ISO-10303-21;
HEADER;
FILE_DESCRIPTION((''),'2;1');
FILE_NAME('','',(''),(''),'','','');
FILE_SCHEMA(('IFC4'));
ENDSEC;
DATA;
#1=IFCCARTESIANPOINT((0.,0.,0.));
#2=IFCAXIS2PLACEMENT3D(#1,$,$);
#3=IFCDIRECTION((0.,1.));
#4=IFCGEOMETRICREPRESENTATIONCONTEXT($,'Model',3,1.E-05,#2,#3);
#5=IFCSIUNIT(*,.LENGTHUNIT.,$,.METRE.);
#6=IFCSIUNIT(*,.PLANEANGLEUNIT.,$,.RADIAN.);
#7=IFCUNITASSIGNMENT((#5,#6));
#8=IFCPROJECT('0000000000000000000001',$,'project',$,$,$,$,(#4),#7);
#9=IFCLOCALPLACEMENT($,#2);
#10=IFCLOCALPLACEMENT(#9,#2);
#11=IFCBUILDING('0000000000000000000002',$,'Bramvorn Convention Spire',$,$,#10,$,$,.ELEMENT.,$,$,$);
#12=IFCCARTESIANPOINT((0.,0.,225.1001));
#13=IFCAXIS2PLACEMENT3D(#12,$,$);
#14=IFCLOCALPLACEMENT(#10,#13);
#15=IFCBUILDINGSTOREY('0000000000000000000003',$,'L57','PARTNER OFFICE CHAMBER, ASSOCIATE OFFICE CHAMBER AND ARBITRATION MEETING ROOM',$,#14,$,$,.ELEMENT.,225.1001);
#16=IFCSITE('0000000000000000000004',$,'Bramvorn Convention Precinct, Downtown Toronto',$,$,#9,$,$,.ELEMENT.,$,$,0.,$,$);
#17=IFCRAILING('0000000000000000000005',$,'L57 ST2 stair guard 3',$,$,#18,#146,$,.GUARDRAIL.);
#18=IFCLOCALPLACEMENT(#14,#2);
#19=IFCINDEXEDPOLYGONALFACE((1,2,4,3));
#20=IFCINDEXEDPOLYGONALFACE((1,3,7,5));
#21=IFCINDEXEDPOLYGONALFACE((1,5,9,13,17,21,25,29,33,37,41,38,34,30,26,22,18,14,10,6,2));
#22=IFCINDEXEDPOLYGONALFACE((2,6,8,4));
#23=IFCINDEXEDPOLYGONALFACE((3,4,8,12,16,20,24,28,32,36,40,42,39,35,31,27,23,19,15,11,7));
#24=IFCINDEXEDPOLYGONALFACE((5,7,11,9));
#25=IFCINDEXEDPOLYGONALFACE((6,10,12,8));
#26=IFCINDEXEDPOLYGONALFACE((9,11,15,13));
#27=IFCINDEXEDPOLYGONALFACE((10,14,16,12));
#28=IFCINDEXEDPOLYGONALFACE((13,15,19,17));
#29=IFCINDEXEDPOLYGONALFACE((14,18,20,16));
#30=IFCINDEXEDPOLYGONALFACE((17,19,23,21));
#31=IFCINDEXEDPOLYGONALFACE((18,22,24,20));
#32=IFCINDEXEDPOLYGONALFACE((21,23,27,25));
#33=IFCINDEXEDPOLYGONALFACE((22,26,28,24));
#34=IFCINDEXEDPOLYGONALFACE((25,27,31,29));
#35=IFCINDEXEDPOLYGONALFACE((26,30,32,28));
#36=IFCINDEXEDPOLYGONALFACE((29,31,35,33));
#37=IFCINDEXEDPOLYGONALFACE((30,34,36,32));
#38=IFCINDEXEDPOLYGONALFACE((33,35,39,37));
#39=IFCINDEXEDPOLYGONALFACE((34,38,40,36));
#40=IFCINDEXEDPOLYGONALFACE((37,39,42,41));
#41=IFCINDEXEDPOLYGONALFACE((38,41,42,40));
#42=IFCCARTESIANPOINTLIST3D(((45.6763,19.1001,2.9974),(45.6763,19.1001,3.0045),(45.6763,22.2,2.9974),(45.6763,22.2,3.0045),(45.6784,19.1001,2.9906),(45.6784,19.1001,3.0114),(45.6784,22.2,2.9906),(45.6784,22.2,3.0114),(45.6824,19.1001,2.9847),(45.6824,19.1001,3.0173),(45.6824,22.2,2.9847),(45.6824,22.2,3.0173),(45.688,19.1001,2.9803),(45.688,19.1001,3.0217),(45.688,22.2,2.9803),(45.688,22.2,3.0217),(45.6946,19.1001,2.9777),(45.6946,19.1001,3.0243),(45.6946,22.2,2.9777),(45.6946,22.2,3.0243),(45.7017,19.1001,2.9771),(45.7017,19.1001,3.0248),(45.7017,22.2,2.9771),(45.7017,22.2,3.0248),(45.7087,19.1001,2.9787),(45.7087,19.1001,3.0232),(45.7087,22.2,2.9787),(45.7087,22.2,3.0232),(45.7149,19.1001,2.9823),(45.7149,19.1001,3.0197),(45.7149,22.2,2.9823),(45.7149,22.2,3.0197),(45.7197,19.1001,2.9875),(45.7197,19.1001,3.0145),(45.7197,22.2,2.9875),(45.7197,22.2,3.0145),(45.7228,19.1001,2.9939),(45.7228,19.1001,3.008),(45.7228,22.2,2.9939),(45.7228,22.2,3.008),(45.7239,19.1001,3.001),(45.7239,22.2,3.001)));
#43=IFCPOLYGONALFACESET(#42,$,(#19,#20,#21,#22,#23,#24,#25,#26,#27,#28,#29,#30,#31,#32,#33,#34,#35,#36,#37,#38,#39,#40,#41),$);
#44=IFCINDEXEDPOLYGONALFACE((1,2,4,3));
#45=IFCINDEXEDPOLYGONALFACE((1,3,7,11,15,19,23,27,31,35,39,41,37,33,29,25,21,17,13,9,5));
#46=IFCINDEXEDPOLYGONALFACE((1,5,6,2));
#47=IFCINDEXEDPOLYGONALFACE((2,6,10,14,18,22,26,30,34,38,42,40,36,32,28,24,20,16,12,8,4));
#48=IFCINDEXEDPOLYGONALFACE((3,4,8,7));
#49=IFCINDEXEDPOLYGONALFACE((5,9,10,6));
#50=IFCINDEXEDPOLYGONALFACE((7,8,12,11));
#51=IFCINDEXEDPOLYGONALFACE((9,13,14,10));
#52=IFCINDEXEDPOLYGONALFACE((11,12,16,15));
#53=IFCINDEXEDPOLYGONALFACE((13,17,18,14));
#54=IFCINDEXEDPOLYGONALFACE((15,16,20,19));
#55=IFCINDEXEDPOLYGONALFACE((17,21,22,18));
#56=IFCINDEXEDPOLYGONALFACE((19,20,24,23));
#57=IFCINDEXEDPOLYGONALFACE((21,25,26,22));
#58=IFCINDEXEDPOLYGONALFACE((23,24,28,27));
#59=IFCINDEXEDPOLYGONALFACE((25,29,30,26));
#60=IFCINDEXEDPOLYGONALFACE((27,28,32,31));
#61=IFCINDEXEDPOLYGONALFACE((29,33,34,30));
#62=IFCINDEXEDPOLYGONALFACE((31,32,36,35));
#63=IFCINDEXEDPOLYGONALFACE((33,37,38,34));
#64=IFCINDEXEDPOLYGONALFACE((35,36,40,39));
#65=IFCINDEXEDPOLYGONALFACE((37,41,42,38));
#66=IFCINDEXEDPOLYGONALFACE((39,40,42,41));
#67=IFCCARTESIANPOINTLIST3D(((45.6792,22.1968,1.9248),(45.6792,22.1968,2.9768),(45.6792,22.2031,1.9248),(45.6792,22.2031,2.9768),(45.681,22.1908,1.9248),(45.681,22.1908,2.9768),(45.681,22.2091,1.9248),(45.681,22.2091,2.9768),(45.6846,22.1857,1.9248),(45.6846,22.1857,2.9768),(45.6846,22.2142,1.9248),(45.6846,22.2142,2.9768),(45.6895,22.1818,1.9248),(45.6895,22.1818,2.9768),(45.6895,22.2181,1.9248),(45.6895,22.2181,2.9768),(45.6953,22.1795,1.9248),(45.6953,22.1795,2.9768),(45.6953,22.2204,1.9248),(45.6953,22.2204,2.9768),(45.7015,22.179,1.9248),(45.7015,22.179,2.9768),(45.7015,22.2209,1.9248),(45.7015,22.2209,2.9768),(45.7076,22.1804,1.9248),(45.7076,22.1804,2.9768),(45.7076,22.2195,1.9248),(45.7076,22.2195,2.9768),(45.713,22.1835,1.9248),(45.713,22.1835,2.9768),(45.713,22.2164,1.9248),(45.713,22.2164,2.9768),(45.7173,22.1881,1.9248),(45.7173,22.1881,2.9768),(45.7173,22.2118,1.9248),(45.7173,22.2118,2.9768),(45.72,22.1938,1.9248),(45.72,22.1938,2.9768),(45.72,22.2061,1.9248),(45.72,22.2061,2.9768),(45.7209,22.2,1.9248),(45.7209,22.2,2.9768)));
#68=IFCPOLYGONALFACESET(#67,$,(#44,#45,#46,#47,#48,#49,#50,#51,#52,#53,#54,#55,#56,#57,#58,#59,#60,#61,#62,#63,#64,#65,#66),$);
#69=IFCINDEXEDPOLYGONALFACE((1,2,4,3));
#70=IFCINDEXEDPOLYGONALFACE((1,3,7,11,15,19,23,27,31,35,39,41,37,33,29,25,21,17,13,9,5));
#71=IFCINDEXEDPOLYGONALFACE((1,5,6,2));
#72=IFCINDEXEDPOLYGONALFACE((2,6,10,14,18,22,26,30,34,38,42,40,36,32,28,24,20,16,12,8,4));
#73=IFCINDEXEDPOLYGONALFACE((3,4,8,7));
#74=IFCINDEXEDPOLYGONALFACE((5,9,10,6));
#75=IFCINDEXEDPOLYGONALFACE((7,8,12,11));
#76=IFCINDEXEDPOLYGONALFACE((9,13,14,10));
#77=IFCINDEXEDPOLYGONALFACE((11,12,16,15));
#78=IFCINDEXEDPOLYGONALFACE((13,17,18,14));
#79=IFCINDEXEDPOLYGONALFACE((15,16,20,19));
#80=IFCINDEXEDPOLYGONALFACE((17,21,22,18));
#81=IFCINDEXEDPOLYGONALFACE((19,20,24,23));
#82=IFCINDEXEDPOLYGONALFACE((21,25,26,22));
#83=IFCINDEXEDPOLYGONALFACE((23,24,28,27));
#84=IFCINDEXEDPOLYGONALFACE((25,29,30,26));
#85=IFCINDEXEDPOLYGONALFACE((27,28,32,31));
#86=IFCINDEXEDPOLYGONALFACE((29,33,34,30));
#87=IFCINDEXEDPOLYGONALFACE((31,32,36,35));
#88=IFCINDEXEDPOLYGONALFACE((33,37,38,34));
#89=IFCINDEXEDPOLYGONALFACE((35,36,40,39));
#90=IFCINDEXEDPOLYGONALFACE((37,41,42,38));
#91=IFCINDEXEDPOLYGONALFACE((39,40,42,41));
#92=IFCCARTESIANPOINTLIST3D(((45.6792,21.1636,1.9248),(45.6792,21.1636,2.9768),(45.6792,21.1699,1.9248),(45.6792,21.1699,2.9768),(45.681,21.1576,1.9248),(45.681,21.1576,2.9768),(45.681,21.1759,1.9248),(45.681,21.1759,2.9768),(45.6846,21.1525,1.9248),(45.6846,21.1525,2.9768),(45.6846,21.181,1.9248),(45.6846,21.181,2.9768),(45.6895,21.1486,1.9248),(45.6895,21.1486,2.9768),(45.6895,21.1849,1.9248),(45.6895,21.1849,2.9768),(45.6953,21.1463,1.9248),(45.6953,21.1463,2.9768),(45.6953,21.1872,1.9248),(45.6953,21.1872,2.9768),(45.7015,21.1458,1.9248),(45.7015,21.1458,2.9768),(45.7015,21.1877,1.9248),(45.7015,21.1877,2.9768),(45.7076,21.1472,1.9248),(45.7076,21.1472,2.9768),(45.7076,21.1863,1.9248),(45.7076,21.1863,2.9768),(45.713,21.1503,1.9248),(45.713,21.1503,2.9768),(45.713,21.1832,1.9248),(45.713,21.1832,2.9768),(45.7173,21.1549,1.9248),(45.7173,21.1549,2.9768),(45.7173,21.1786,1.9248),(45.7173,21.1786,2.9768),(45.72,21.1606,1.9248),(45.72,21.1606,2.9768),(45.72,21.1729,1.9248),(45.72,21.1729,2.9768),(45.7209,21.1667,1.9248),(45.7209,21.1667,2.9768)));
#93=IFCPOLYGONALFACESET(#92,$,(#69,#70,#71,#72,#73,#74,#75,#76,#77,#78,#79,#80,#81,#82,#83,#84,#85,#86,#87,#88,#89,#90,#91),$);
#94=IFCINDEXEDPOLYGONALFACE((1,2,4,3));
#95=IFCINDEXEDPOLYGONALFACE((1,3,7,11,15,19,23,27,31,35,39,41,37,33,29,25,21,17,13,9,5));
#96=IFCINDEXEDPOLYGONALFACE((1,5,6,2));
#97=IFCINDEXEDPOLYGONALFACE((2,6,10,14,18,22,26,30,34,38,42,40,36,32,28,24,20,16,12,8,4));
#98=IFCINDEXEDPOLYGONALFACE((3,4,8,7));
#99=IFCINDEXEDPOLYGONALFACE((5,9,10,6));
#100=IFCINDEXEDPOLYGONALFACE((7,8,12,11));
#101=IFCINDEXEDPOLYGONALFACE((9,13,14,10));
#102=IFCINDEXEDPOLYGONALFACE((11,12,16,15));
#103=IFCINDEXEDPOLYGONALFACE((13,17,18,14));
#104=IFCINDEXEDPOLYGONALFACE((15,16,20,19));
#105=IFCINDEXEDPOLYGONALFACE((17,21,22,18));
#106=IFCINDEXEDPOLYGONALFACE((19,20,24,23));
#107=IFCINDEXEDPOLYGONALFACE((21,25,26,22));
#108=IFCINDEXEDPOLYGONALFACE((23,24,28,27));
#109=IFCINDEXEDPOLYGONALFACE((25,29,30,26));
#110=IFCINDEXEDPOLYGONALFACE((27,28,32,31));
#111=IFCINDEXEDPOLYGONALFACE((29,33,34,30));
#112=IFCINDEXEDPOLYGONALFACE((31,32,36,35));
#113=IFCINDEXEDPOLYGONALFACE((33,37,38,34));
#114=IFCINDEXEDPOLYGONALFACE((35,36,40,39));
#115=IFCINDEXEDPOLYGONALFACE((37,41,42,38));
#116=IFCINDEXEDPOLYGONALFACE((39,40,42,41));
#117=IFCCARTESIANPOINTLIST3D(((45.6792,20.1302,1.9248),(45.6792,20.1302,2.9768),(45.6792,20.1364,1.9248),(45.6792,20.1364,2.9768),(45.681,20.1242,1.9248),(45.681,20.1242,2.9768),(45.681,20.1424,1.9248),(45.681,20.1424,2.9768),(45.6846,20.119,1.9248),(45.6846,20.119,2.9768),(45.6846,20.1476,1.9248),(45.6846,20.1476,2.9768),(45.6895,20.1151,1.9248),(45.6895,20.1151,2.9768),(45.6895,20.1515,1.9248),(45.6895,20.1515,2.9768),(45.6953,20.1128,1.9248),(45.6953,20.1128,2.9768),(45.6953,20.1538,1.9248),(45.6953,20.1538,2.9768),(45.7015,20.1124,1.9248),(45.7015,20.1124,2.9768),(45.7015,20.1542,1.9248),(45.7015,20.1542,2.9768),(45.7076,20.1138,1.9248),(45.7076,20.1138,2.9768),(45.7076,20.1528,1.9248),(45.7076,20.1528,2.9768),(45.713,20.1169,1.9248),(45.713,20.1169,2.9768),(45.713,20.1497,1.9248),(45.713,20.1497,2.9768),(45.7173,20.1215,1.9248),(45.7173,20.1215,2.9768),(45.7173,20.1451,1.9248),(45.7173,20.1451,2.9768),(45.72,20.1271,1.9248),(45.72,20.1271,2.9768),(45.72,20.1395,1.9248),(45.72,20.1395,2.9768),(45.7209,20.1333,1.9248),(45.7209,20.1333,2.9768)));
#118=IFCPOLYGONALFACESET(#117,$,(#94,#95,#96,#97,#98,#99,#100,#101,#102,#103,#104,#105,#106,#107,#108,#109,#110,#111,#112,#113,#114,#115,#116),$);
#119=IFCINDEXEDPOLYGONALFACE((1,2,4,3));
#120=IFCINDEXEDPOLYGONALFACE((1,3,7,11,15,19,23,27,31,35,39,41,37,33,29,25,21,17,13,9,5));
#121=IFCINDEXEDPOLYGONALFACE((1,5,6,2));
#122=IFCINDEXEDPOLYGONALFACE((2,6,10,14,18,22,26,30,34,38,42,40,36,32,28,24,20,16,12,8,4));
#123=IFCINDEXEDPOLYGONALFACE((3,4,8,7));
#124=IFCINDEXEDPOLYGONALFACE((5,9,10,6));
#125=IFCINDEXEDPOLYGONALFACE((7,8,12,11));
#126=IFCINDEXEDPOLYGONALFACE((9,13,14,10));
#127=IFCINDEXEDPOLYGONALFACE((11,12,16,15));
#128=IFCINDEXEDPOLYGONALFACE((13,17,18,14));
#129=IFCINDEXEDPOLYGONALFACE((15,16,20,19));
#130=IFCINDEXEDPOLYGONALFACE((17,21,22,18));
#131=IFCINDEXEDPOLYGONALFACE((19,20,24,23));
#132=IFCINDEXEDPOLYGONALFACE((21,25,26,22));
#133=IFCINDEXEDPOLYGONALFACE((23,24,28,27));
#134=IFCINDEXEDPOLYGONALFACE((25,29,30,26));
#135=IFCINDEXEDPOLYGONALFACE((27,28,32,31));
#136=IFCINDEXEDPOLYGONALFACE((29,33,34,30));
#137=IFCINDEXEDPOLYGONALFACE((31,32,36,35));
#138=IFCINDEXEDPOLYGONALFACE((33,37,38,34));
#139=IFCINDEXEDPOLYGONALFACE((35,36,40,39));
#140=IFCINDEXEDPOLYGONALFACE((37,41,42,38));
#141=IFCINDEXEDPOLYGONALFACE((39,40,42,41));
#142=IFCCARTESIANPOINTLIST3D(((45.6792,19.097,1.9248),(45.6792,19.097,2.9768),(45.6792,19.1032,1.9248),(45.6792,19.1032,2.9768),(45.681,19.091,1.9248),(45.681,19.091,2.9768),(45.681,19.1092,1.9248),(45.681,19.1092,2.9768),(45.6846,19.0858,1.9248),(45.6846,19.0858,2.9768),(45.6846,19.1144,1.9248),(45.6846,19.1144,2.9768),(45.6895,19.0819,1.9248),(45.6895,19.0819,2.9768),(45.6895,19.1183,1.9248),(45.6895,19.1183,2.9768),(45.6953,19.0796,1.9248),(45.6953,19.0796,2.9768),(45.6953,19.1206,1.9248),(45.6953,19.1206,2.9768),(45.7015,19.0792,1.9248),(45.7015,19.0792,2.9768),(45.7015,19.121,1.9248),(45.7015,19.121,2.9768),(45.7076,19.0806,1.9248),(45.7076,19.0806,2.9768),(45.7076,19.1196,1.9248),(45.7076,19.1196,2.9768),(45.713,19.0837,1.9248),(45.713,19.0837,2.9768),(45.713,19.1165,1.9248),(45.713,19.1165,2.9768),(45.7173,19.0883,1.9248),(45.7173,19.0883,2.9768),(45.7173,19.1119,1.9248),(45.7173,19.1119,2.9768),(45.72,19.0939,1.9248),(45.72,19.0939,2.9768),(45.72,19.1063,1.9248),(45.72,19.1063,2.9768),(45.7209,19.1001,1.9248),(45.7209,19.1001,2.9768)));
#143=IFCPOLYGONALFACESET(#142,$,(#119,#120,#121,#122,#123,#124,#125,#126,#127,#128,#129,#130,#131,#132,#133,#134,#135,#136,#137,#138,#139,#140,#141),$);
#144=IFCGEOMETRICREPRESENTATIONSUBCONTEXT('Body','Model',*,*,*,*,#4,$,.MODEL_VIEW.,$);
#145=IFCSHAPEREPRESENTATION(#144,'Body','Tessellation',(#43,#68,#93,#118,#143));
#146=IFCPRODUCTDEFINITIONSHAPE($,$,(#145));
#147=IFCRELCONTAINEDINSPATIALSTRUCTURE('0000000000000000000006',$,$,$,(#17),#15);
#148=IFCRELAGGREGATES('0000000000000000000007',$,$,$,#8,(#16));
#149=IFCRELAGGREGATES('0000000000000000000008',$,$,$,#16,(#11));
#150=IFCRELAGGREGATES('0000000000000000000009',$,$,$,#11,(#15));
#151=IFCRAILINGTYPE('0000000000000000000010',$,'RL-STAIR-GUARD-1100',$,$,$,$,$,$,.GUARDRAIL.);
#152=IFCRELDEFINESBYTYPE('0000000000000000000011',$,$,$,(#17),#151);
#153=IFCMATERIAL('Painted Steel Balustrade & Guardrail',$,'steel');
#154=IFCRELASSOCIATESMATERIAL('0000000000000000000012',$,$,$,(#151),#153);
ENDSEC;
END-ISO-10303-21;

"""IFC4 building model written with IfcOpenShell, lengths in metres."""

from ifc_helpers import new_model, si_unit, direction, frame, origin, origin_2d, place, context, subcontext, project, spatial, circle, extrude, material, type_object, element, save


model = new_model("IFC4")

# Units and contexts
model_context = context("Model", 3, precision=1e-05, world=origin(), true_north=direction((0.0, 1.0)))
body_context = subcontext(model_context, "Body", "Model", "MODEL_VIEW")
ifc_project = project(units=[si_unit("LENGTHUNIT", "METRE"), si_unit("PLANEANGLEUNIT", "RADIAN")], contexts=[model_context])

# Site, building, storey
site_placement = place(None, origin())
site = spatial("IfcSite", under=ifc_project, at=site_placement, Name="Bramvorn Convention Precinct, Downtown Toronto", CompositionType="ELEMENT", RefElevation=0.0)
building_placement = place(site_placement, origin())
building = spatial("IfcBuilding", under=site, at=building_placement, Name="Bramvorn Convention Spire", CompositionType="ELEMENT")
storey_placement = place(building_placement, frame((0.0, 0.0, 225.1001)))
storey = spatial("IfcBuildingStorey", under=building, at=storey_placement, Name="L57", Description="PARTNER OFFICE CHAMBER, ASSOCIATE OFFICE CHAMBER AND ARBITRATION MEETING ROOM", CompositionType="ELEMENT", Elevation=225.1001)

# Railing
ifc_material_1 = material(Name="Painted Steel Balustrade & Guardrail", Category="steel")
railing_type = type_object("IfcRailingType", Name="RL-STAIR-GUARD-1100", PredefinedType="GUARDRAIL", material=ifc_material_1)
for number, where, name in (
    (1, (45.7, 22.2, 1.9248), "L57 ST2 stair guard 3"),
):
    element("IfcRailing", number, at=place(storey_placement, frame(where)), inside=storey, type_object=railing_type, Name=name, PredefinedType="GUARDRAIL", context=body_context, shape_type="SweptSolid", body=[
        extrude(circle(Radius=0.0239, at=origin_2d()), frame((0.0, 0.0, 1.0762), z_axis=(0.0, -1.0, 0.0), x_axis=(1.0, 0.0, 0.0)), (0.0, 0.0, 1.0), 3.0999),
        extrude(circle(Radius=0.021, at=origin_2d()), origin(), (0.0, 0.0, 1.0), 1.052),
        extrude(circle(Radius=0.021, at=origin_2d()), frame((0.0, -1.0332, 0.0)), (0.0, 0.0, 1.0), 1.052),
        extrude(circle(Radius=0.021, at=origin_2d()), frame((0.0, -2.0667, 0.0)), (0.0, 0.0, 1.0), 1.052),
        extrude(circle(Radius=0.021, at=origin_2d()), frame((0.0, -3.0999, 0.0)), (0.0, 0.0, 1.0), 1.052),
    ])

save(model, "model.ifc")
